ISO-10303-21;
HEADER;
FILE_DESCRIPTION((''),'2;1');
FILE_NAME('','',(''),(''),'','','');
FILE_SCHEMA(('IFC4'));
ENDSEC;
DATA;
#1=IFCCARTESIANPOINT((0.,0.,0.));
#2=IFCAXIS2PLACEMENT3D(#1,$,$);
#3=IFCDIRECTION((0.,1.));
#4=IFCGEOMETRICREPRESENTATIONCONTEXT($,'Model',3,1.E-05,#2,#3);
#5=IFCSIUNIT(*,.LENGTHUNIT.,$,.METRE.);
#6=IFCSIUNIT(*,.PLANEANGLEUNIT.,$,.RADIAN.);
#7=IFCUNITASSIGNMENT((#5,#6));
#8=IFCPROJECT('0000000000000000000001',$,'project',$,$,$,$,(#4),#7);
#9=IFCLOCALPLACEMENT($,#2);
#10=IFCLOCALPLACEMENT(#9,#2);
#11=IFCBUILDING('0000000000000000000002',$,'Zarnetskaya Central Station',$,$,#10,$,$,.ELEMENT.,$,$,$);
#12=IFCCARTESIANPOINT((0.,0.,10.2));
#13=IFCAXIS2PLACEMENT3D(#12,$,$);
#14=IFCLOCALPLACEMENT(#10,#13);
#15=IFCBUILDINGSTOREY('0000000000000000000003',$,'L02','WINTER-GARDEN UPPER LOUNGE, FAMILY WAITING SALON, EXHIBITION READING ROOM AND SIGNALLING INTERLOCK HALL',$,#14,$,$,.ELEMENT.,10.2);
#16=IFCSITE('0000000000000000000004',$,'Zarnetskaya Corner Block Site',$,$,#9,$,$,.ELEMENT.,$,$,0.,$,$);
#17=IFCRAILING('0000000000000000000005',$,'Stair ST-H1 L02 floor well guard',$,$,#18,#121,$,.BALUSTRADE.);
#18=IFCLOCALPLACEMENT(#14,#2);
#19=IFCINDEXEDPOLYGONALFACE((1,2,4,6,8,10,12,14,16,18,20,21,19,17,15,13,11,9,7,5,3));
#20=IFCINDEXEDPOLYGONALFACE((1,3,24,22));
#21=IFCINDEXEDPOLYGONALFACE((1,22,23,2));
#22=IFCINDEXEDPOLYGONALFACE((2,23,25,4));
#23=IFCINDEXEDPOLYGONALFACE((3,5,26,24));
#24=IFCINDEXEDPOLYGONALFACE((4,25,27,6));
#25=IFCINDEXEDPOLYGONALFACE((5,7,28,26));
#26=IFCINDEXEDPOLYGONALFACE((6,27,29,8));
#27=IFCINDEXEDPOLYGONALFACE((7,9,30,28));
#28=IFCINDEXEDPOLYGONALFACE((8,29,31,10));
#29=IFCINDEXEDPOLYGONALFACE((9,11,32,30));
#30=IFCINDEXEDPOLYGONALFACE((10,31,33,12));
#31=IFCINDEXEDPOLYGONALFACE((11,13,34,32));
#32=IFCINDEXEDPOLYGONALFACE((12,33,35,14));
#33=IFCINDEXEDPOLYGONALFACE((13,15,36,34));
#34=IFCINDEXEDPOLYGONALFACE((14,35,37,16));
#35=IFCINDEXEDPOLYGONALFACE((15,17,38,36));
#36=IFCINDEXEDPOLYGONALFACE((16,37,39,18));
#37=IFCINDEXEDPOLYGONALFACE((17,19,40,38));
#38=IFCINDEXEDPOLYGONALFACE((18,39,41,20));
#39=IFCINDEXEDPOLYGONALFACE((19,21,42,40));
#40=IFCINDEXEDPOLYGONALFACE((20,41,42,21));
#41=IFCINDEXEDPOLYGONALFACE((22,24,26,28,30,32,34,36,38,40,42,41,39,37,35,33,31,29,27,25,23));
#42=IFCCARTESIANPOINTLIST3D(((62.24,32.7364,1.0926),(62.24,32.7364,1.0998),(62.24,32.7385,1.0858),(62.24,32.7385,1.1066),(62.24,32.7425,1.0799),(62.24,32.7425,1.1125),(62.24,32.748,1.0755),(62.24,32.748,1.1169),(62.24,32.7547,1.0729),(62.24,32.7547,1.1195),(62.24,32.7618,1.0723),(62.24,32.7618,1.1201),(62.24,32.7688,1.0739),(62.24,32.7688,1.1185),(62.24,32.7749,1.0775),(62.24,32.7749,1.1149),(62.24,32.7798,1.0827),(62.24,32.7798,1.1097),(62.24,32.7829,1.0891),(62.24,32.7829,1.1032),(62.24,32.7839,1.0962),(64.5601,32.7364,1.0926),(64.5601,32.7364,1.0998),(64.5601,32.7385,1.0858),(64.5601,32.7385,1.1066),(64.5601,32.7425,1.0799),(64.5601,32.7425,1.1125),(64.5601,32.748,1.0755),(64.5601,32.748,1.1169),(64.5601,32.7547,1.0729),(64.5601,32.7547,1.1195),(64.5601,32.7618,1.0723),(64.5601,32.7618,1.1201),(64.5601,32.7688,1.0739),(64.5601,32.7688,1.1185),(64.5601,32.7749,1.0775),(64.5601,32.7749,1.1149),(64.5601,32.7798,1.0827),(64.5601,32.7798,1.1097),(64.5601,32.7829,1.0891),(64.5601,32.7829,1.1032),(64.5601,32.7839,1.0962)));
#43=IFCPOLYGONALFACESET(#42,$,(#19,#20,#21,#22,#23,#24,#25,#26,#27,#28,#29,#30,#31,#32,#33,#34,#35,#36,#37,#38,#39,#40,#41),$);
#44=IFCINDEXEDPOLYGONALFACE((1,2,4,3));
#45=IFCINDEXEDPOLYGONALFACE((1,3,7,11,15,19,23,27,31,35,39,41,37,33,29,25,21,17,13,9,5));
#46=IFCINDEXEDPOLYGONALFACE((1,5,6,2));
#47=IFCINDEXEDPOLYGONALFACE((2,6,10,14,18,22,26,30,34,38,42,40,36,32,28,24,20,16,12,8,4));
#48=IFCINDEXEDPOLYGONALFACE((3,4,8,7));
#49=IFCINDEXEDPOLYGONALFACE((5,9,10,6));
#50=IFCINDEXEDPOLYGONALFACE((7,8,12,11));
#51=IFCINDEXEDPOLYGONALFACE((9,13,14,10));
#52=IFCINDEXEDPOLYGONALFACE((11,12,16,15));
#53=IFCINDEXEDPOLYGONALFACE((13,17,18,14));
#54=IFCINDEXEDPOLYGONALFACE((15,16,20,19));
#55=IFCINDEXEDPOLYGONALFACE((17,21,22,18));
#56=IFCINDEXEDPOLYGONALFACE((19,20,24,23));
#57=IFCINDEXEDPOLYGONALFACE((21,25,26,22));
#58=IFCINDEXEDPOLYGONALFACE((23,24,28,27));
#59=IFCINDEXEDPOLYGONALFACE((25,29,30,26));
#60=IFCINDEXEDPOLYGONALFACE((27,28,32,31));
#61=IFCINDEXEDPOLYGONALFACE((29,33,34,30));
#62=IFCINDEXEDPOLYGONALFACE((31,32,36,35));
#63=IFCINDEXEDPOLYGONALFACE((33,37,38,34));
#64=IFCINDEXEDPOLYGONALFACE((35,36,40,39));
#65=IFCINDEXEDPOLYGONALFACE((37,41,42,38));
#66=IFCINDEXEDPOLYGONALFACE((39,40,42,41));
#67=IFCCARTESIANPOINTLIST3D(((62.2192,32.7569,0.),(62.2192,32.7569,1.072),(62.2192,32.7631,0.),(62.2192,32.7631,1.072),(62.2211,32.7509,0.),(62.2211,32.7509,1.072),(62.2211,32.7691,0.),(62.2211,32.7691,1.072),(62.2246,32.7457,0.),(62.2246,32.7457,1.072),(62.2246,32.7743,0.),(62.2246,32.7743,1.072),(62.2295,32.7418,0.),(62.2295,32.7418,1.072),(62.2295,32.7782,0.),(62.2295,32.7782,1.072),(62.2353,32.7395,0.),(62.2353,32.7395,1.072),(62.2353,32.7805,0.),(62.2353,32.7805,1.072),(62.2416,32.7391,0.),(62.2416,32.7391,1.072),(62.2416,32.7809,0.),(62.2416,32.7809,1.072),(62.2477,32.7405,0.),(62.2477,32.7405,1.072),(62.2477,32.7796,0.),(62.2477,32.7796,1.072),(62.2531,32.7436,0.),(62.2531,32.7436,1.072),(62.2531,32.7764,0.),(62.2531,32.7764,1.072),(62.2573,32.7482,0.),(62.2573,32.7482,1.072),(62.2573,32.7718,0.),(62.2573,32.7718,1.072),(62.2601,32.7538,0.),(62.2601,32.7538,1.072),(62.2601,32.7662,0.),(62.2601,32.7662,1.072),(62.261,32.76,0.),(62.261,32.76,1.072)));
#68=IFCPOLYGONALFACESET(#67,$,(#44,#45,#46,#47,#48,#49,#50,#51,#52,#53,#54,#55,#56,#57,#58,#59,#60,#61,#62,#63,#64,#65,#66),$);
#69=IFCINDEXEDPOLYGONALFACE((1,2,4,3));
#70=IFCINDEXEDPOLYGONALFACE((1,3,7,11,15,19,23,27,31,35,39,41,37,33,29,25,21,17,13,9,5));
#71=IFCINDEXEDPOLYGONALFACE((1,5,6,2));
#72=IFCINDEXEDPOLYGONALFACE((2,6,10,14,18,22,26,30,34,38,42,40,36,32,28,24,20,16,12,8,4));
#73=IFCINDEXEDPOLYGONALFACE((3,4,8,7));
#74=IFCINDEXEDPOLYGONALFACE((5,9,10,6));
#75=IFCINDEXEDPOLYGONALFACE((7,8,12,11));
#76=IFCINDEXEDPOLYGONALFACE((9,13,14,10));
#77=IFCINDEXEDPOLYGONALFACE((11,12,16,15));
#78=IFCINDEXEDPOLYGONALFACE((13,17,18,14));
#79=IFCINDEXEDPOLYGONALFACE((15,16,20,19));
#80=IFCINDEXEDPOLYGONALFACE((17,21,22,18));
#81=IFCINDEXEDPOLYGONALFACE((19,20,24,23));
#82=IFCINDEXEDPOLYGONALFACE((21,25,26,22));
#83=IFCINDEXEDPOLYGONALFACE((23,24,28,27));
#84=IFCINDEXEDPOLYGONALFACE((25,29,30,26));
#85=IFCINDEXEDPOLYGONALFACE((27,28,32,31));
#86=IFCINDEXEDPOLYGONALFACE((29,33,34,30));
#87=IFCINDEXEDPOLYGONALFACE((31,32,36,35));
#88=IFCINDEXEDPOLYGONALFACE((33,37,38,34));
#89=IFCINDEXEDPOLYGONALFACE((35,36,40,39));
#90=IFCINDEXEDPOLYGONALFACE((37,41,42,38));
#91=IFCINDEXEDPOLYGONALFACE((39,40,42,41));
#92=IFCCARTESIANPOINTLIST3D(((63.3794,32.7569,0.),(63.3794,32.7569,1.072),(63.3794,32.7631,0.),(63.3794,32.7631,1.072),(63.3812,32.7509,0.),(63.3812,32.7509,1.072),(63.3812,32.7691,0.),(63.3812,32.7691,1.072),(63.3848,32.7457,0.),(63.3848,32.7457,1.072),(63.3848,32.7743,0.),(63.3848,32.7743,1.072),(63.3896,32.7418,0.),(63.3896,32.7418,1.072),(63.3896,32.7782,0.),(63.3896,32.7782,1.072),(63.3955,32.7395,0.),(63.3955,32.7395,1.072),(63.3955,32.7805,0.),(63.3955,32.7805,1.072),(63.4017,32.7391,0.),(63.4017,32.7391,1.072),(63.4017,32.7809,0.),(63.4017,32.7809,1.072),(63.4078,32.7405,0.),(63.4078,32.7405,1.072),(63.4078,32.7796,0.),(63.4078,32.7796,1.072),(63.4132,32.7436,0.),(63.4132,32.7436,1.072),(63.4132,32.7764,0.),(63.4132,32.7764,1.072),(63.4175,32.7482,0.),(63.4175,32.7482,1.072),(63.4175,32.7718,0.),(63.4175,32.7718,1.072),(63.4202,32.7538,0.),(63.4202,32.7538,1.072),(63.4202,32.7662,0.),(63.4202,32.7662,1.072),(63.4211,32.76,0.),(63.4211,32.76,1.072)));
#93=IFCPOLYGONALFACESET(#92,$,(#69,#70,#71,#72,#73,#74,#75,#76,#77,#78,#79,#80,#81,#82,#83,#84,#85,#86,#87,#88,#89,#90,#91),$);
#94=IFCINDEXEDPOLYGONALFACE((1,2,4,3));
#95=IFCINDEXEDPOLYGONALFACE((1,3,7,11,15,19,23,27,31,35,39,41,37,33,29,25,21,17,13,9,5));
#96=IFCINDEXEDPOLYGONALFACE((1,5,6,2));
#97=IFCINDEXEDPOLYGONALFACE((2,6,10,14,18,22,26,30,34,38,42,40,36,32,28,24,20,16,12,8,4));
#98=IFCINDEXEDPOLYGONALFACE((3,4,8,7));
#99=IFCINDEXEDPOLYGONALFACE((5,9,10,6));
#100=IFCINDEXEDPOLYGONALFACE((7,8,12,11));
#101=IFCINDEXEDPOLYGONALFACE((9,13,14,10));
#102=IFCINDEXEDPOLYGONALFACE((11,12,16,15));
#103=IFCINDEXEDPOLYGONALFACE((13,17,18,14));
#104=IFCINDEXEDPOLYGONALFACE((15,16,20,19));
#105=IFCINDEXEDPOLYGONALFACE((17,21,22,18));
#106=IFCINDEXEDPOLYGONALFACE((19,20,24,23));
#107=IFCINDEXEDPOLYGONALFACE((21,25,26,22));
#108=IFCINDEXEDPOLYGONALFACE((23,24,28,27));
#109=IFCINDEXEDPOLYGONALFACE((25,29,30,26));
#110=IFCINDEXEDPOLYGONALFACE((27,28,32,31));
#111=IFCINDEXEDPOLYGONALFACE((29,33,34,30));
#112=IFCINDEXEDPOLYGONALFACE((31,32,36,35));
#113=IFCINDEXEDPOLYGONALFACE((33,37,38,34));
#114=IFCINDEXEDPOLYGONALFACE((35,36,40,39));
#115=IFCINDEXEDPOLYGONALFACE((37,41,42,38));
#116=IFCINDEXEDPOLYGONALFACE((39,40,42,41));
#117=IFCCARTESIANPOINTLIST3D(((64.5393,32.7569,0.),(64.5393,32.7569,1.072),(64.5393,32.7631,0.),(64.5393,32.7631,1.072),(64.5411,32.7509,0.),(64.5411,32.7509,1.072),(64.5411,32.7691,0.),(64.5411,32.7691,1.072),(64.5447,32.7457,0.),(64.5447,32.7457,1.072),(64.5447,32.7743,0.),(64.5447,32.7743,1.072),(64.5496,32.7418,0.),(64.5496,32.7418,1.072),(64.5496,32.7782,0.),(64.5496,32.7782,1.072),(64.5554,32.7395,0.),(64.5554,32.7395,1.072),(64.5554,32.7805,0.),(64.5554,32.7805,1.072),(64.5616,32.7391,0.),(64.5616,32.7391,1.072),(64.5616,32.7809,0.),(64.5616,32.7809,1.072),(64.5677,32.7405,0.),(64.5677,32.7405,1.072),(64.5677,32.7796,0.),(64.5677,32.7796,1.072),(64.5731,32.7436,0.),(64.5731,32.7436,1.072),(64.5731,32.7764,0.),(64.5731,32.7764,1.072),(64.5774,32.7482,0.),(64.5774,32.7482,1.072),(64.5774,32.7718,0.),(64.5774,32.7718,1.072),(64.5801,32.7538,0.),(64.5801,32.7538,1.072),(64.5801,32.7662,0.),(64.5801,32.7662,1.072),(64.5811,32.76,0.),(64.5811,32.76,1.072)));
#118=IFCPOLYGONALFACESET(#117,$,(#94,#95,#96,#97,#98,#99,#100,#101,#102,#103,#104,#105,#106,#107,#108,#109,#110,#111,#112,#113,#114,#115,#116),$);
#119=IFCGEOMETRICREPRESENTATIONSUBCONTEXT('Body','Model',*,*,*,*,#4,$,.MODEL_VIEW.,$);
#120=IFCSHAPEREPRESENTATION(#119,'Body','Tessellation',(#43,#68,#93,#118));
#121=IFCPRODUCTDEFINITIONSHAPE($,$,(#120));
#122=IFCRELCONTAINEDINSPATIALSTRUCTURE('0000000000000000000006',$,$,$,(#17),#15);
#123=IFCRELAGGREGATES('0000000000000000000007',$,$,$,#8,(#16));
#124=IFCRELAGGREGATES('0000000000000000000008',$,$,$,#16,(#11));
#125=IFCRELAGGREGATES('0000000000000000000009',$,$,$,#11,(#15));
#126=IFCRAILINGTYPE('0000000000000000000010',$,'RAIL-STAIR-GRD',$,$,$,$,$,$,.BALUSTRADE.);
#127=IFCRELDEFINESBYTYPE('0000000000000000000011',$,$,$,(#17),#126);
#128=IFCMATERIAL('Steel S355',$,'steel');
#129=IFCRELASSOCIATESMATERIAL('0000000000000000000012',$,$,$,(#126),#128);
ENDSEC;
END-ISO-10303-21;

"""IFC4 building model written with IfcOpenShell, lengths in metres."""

from ifc_helpers import new_model, si_unit, direction, frame, origin, origin_2d, place, context, subcontext, project, spatial, circle, extrude, material, type_object, element, save


model = new_model("IFC4")

# Units and contexts
model_context = context("Model", 3, precision=1e-05, world=origin(), true_north=direction((0.0, 1.0)))
body_context = subcontext(model_context, "Body", "Model", "MODEL_VIEW")
ifc_project = project(units=[si_unit("LENGTHUNIT", "METRE"), si_unit("PLANEANGLEUNIT", "RADIAN")], contexts=[model_context])

# Site, building, storey
site_placement = place(None, origin())
site = spatial("IfcSite", under=ifc_project, at=site_placement, Name="Zarnetskaya Corner Block Site", CompositionType="ELEMENT", RefElevation=0.0)
building_placement = place(site_placement, origin())
building = spatial("IfcBuilding", under=site, at=building_placement, Name="Zarnetskaya Central Station", CompositionType="ELEMENT")
storey_placement = place(building_placement, frame((0.0, 0.0, 10.2)))
storey = spatial("IfcBuildingStorey", under=building, at=storey_placement, Name="L02", Description="WINTER-GARDEN UPPER LOUNGE, FAMILY WAITING SALON, EXHIBITION READING ROOM AND SIGNALLING INTERLOCK HALL", CompositionType="ELEMENT", Elevation=10.2)

# Shared definitions
ifc_material_1 = material(Name="Steel S355", Category="steel")

# Railing
railing_type_1 = type_object("IfcRailingType", Name="RAIL-STAIR-GRD", PredefinedType="BALUSTRADE", material=ifc_material_1)
railing_1_placement = place(storey_placement, frame((62.24, 32.76, 0.0)))
element("IfcRailing", 1, at=railing_1_placement, inside=storey, type_object=railing_type_1, Name="Stair ST-H1 L02 floor well guard", PredefinedType="BALUSTRADE", context=body_context, shape_type="SweptSolid", body=[
    extrude(circle(Radius=0.0239, at=origin_2d()), frame((0.0, 0.0, 1.0962), z_axis=(1.0, 0.0, 0.0), x_axis=(0.0, 1.0, 0.0)), (0.0, 0.0, 1.0), 2.3201),
    extrude(circle(Radius=0.021, at=origin_2d()), origin(), (0.0, 0.0, 1.0), 1.072),
    extrude(circle(Radius=0.021, at=origin_2d()), frame((1.1602, 0.0, 0.0)), (0.0, 0.0, 1.0), 1.072),
    extrude(circle(Radius=0.021, at=origin_2d()), frame((2.3201, 0.0, 0.0)), (0.0, 0.0, 1.0), 1.072),
])

save(model, "model.ifc")
